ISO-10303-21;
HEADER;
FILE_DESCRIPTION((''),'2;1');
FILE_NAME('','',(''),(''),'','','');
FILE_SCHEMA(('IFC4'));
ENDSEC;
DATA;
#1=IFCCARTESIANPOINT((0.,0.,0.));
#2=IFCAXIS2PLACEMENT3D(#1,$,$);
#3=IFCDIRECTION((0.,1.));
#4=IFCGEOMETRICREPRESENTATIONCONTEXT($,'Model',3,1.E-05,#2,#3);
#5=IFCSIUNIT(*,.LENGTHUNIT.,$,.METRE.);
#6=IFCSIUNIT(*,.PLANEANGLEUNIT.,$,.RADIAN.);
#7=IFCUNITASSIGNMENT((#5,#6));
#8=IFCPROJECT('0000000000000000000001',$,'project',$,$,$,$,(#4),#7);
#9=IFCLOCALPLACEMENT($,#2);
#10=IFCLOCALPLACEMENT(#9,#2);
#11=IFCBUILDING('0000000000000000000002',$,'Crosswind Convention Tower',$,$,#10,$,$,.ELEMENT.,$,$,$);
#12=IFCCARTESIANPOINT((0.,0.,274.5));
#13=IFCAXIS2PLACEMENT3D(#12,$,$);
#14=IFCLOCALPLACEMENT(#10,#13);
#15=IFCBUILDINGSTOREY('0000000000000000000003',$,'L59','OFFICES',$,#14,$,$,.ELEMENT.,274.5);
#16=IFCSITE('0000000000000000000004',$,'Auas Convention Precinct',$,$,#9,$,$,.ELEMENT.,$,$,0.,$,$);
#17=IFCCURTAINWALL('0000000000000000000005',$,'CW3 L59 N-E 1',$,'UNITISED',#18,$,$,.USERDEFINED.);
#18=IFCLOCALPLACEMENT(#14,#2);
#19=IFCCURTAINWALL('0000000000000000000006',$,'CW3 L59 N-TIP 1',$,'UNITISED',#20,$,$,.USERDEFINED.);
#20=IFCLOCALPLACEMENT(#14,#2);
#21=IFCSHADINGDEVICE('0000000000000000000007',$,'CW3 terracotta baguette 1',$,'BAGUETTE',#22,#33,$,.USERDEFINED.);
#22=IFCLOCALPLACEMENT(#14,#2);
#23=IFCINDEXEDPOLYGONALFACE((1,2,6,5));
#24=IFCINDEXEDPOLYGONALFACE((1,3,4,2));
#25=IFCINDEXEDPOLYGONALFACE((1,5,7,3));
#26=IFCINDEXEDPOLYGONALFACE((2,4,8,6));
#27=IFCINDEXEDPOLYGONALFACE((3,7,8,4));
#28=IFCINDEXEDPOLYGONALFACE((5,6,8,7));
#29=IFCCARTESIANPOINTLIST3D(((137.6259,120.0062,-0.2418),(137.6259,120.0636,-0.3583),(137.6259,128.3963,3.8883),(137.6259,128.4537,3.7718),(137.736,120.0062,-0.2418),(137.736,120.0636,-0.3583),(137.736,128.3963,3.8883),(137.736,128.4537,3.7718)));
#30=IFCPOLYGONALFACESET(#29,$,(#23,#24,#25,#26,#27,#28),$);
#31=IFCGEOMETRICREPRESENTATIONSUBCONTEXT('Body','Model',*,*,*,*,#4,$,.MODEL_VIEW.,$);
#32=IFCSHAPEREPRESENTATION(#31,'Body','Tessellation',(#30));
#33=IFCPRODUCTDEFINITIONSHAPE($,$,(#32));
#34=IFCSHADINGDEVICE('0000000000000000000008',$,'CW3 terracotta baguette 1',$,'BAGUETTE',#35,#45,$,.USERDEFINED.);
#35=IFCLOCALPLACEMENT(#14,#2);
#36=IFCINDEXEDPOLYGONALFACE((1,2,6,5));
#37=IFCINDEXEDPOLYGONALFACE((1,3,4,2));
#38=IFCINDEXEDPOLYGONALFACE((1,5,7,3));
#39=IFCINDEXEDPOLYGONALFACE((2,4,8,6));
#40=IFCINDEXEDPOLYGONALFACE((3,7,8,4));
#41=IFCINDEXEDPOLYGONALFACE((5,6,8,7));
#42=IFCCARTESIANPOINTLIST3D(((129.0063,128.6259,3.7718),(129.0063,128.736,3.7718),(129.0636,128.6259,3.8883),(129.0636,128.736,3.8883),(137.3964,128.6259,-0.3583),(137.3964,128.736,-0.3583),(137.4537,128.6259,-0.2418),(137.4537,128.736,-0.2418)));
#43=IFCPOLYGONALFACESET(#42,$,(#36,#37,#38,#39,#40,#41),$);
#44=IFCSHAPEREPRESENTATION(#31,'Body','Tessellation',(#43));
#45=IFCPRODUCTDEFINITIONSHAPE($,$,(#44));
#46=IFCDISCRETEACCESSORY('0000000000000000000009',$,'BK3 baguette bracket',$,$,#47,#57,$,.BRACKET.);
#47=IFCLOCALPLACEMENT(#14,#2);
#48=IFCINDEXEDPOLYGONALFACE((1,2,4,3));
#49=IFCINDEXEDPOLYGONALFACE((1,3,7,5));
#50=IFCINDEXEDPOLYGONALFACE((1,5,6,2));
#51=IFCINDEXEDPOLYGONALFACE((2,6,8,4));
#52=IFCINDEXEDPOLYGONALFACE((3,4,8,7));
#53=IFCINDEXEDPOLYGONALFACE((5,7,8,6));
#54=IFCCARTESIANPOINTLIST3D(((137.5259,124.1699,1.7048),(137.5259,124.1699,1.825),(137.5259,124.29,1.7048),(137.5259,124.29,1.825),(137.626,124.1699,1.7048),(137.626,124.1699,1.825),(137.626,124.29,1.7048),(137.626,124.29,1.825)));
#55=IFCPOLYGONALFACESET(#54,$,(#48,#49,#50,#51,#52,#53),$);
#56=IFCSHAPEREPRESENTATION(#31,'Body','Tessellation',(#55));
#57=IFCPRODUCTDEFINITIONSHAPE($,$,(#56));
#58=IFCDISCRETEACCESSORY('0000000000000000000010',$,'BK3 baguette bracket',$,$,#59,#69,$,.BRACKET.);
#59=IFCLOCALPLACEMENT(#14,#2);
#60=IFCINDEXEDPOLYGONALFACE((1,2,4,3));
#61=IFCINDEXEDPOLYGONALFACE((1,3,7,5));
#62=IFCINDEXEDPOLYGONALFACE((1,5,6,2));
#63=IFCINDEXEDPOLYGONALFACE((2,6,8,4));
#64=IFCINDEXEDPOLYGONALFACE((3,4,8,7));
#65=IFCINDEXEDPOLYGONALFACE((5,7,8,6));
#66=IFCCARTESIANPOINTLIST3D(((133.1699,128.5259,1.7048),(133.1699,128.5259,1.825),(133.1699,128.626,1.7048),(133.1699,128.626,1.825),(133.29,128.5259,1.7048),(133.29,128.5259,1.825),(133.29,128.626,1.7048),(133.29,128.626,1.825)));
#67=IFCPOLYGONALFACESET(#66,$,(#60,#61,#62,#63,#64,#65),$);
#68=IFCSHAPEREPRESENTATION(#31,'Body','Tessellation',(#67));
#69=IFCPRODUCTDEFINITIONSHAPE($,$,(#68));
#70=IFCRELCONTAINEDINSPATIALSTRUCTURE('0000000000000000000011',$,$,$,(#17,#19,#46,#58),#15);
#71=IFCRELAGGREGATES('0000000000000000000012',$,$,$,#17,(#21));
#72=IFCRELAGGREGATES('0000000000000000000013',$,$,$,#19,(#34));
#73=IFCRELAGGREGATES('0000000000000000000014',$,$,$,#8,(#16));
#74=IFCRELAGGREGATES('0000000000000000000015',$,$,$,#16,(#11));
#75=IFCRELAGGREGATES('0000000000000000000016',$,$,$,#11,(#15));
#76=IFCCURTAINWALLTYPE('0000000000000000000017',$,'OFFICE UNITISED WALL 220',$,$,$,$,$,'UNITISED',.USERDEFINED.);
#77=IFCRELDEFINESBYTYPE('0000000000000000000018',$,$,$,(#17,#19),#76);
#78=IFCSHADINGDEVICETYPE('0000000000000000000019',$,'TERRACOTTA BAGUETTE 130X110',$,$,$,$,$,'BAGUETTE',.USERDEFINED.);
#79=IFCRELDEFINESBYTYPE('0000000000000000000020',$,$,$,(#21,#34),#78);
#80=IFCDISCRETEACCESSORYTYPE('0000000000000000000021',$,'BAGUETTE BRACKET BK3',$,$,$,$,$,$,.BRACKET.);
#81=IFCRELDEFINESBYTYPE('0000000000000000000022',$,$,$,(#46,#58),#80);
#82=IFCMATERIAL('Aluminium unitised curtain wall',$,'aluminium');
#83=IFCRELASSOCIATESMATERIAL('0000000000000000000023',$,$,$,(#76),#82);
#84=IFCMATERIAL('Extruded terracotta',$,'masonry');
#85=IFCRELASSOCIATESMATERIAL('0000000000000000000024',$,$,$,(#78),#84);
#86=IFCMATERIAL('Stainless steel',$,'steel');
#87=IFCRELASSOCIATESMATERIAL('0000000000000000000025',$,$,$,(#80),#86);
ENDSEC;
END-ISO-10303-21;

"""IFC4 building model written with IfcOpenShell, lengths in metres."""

from ifc_helpers import new_model, si_unit, direction, frame, origin, origin_2d, place, context, subcontext, project, spatial, rectangle, extrude, material, material_profile, profile_set, type_object, element, aggregate, save


model = new_model("IFC4")

# Units and contexts
model_context = context("Model", 3, precision=1e-05, world=origin(), true_north=direction((0.0, 1.0)))
body_context = subcontext(model_context, "Body", "Model", "MODEL_VIEW")
ifc_project = project(units=[si_unit("LENGTHUNIT", "METRE"), si_unit("PLANEANGLEUNIT", "RADIAN")], contexts=[model_context])

# Site, building, storey
site_placement = place(None, origin())
site = spatial("IfcSite", under=ifc_project, at=site_placement, Name="Auas Convention Precinct", CompositionType="ELEMENT", RefElevation=0.0)
building_placement = place(site_placement, origin())
building = spatial("IfcBuilding", under=site, at=building_placement, Name="Crosswind Convention Tower", CompositionType="ELEMENT")
storey_placement = place(building_placement, frame((0.0, 0.0, 274.5)))
storey = spatial("IfcBuildingStorey", under=building, at=storey_placement, Name="L59", Description="OFFICES", CompositionType="ELEMENT", Elevation=274.5)

# Curtain wall
ifc_material_1 = material(Name="Aluminium unitised curtain wall", Category="aluminium")
curtain_wall_type_1 = type_object("IfcCurtainWallType", Name="OFFICE UNITISED WALL 220", ElementType="UNITISED", PredefinedType="USERDEFINED", material=ifc_material_1)
curtain_wall_1_placement = place(storey_placement, origin())
curtain_wall_1 = element("IfcCurtainWall", 1, at=curtain_wall_1_placement, inside=storey, type_object=curtain_wall_type_1, Name="CW3 L59 N-E 1", ObjectType="UNITISED", PredefinedType="USERDEFINED")

# Curtain wall
curtain_wall_2_placement = place(storey_placement, origin())
curtain_wall_2 = element("IfcCurtainWall", 2, at=curtain_wall_2_placement, inside=storey, type_object=curtain_wall_type_1, Name="CW3 L59 N-TIP 1", ObjectType="UNITISED", PredefinedType="USERDEFINED")

# Shading devices
ifc_material_2 = material(Name="Extruded terracotta", Category="masonry")
ifc_material_profile_1 = material_profile(ifc_material_2, rectangle(XDim=0.1101, YDim=0.1299, at=origin_2d()), Name="TC 110X130")
ifc_profile_set_1 = profile_set([ifc_material_profile_1], Name="Extruded terracotta")
shading_device_type = type_object("IfcShadingDeviceType", Name="TERRACOTTA BAGUETTE 130X110", ElementType="BAGUETTE", PredefinedType="USERDEFINED", material=ifc_profile_set_1)
shading_device_1_placement = place(storey_placement, frame((137.6809, 120.0349, -0.3), z_axis=(0.0, 0.897188, 0.441649), x_axis=(-1.0, 0.0, 0.0)))
shading_device_1 = element("IfcShadingDevice", 3, at=shading_device_1_placement, type_object=shading_device_type, Name="CW3 terracotta baguette 1", ObjectType="BAGUETTE", PredefinedType="USERDEFINED", context=body_context, shape_type="SweptSolid", body=[
    extrude(rectangle(XDim=0.1101, YDim=0.1299, at=origin_2d()), origin(), (0.0, 0.0, 1.0), 9.3516),
])
aggregate(curtain_wall_1, [shading_device_1])
shading_device_2_placement = place(storey_placement, frame((137.425, 128.6809, -0.3), z_axis=(-0.897188, 0.0, 0.441649), x_axis=(0.0, -1.0, 0.0)))
shading_device_2 = element("IfcShadingDevice", 4, at=shading_device_2_placement, type_object=shading_device_type, Name="CW3 terracotta baguette 1", ObjectType="BAGUETTE", PredefinedType="USERDEFINED", context=body_context, shape_type="SweptSolid", body=[
    extrude(rectangle(XDim=0.1101, YDim=0.1299, at=origin_2d()), origin(), (0.0, 0.0, 1.0), 9.3516),
])
aggregate(curtain_wall_2, [shading_device_2])

# Discrete accessories
ifc_material_3 = material(Name="Stainless steel", Category="steel")
discrete_accessory_type = type_object("IfcDiscreteAccessoryType", Name="BAGUETTE BRACKET BK3", PredefinedType="BRACKET", material=ifc_material_3)
for number, where, z_axis, x_axis, name in (
    (5, (137.5759, 124.23, 1.7048), (0.0, 0.0, 1.0), (0.0, 1.0, 0.0), "BK3 baguette bracket"),
    (6, (133.23, 128.5759, 1.7048), (0.0, 0.0, 1.0), (-1.0, 0.0, 0.0), "BK3 baguette bracket"),
):
    element("IfcDiscreteAccessory", number, at=place(storey_placement, frame(where, z_axis=z_axis, x_axis=x_axis)), inside=storey, type_object=discrete_accessory_type, Name=name, PredefinedType="BRACKET", context=body_context, shape_type="SweptSolid", body=[
        extrude(rectangle(XDim=0.1201, YDim=0.1001, at=origin_2d()), origin(), (0.0, 0.0, 1.0), 0.1201),
    ])

save(model, "model.ifc")
